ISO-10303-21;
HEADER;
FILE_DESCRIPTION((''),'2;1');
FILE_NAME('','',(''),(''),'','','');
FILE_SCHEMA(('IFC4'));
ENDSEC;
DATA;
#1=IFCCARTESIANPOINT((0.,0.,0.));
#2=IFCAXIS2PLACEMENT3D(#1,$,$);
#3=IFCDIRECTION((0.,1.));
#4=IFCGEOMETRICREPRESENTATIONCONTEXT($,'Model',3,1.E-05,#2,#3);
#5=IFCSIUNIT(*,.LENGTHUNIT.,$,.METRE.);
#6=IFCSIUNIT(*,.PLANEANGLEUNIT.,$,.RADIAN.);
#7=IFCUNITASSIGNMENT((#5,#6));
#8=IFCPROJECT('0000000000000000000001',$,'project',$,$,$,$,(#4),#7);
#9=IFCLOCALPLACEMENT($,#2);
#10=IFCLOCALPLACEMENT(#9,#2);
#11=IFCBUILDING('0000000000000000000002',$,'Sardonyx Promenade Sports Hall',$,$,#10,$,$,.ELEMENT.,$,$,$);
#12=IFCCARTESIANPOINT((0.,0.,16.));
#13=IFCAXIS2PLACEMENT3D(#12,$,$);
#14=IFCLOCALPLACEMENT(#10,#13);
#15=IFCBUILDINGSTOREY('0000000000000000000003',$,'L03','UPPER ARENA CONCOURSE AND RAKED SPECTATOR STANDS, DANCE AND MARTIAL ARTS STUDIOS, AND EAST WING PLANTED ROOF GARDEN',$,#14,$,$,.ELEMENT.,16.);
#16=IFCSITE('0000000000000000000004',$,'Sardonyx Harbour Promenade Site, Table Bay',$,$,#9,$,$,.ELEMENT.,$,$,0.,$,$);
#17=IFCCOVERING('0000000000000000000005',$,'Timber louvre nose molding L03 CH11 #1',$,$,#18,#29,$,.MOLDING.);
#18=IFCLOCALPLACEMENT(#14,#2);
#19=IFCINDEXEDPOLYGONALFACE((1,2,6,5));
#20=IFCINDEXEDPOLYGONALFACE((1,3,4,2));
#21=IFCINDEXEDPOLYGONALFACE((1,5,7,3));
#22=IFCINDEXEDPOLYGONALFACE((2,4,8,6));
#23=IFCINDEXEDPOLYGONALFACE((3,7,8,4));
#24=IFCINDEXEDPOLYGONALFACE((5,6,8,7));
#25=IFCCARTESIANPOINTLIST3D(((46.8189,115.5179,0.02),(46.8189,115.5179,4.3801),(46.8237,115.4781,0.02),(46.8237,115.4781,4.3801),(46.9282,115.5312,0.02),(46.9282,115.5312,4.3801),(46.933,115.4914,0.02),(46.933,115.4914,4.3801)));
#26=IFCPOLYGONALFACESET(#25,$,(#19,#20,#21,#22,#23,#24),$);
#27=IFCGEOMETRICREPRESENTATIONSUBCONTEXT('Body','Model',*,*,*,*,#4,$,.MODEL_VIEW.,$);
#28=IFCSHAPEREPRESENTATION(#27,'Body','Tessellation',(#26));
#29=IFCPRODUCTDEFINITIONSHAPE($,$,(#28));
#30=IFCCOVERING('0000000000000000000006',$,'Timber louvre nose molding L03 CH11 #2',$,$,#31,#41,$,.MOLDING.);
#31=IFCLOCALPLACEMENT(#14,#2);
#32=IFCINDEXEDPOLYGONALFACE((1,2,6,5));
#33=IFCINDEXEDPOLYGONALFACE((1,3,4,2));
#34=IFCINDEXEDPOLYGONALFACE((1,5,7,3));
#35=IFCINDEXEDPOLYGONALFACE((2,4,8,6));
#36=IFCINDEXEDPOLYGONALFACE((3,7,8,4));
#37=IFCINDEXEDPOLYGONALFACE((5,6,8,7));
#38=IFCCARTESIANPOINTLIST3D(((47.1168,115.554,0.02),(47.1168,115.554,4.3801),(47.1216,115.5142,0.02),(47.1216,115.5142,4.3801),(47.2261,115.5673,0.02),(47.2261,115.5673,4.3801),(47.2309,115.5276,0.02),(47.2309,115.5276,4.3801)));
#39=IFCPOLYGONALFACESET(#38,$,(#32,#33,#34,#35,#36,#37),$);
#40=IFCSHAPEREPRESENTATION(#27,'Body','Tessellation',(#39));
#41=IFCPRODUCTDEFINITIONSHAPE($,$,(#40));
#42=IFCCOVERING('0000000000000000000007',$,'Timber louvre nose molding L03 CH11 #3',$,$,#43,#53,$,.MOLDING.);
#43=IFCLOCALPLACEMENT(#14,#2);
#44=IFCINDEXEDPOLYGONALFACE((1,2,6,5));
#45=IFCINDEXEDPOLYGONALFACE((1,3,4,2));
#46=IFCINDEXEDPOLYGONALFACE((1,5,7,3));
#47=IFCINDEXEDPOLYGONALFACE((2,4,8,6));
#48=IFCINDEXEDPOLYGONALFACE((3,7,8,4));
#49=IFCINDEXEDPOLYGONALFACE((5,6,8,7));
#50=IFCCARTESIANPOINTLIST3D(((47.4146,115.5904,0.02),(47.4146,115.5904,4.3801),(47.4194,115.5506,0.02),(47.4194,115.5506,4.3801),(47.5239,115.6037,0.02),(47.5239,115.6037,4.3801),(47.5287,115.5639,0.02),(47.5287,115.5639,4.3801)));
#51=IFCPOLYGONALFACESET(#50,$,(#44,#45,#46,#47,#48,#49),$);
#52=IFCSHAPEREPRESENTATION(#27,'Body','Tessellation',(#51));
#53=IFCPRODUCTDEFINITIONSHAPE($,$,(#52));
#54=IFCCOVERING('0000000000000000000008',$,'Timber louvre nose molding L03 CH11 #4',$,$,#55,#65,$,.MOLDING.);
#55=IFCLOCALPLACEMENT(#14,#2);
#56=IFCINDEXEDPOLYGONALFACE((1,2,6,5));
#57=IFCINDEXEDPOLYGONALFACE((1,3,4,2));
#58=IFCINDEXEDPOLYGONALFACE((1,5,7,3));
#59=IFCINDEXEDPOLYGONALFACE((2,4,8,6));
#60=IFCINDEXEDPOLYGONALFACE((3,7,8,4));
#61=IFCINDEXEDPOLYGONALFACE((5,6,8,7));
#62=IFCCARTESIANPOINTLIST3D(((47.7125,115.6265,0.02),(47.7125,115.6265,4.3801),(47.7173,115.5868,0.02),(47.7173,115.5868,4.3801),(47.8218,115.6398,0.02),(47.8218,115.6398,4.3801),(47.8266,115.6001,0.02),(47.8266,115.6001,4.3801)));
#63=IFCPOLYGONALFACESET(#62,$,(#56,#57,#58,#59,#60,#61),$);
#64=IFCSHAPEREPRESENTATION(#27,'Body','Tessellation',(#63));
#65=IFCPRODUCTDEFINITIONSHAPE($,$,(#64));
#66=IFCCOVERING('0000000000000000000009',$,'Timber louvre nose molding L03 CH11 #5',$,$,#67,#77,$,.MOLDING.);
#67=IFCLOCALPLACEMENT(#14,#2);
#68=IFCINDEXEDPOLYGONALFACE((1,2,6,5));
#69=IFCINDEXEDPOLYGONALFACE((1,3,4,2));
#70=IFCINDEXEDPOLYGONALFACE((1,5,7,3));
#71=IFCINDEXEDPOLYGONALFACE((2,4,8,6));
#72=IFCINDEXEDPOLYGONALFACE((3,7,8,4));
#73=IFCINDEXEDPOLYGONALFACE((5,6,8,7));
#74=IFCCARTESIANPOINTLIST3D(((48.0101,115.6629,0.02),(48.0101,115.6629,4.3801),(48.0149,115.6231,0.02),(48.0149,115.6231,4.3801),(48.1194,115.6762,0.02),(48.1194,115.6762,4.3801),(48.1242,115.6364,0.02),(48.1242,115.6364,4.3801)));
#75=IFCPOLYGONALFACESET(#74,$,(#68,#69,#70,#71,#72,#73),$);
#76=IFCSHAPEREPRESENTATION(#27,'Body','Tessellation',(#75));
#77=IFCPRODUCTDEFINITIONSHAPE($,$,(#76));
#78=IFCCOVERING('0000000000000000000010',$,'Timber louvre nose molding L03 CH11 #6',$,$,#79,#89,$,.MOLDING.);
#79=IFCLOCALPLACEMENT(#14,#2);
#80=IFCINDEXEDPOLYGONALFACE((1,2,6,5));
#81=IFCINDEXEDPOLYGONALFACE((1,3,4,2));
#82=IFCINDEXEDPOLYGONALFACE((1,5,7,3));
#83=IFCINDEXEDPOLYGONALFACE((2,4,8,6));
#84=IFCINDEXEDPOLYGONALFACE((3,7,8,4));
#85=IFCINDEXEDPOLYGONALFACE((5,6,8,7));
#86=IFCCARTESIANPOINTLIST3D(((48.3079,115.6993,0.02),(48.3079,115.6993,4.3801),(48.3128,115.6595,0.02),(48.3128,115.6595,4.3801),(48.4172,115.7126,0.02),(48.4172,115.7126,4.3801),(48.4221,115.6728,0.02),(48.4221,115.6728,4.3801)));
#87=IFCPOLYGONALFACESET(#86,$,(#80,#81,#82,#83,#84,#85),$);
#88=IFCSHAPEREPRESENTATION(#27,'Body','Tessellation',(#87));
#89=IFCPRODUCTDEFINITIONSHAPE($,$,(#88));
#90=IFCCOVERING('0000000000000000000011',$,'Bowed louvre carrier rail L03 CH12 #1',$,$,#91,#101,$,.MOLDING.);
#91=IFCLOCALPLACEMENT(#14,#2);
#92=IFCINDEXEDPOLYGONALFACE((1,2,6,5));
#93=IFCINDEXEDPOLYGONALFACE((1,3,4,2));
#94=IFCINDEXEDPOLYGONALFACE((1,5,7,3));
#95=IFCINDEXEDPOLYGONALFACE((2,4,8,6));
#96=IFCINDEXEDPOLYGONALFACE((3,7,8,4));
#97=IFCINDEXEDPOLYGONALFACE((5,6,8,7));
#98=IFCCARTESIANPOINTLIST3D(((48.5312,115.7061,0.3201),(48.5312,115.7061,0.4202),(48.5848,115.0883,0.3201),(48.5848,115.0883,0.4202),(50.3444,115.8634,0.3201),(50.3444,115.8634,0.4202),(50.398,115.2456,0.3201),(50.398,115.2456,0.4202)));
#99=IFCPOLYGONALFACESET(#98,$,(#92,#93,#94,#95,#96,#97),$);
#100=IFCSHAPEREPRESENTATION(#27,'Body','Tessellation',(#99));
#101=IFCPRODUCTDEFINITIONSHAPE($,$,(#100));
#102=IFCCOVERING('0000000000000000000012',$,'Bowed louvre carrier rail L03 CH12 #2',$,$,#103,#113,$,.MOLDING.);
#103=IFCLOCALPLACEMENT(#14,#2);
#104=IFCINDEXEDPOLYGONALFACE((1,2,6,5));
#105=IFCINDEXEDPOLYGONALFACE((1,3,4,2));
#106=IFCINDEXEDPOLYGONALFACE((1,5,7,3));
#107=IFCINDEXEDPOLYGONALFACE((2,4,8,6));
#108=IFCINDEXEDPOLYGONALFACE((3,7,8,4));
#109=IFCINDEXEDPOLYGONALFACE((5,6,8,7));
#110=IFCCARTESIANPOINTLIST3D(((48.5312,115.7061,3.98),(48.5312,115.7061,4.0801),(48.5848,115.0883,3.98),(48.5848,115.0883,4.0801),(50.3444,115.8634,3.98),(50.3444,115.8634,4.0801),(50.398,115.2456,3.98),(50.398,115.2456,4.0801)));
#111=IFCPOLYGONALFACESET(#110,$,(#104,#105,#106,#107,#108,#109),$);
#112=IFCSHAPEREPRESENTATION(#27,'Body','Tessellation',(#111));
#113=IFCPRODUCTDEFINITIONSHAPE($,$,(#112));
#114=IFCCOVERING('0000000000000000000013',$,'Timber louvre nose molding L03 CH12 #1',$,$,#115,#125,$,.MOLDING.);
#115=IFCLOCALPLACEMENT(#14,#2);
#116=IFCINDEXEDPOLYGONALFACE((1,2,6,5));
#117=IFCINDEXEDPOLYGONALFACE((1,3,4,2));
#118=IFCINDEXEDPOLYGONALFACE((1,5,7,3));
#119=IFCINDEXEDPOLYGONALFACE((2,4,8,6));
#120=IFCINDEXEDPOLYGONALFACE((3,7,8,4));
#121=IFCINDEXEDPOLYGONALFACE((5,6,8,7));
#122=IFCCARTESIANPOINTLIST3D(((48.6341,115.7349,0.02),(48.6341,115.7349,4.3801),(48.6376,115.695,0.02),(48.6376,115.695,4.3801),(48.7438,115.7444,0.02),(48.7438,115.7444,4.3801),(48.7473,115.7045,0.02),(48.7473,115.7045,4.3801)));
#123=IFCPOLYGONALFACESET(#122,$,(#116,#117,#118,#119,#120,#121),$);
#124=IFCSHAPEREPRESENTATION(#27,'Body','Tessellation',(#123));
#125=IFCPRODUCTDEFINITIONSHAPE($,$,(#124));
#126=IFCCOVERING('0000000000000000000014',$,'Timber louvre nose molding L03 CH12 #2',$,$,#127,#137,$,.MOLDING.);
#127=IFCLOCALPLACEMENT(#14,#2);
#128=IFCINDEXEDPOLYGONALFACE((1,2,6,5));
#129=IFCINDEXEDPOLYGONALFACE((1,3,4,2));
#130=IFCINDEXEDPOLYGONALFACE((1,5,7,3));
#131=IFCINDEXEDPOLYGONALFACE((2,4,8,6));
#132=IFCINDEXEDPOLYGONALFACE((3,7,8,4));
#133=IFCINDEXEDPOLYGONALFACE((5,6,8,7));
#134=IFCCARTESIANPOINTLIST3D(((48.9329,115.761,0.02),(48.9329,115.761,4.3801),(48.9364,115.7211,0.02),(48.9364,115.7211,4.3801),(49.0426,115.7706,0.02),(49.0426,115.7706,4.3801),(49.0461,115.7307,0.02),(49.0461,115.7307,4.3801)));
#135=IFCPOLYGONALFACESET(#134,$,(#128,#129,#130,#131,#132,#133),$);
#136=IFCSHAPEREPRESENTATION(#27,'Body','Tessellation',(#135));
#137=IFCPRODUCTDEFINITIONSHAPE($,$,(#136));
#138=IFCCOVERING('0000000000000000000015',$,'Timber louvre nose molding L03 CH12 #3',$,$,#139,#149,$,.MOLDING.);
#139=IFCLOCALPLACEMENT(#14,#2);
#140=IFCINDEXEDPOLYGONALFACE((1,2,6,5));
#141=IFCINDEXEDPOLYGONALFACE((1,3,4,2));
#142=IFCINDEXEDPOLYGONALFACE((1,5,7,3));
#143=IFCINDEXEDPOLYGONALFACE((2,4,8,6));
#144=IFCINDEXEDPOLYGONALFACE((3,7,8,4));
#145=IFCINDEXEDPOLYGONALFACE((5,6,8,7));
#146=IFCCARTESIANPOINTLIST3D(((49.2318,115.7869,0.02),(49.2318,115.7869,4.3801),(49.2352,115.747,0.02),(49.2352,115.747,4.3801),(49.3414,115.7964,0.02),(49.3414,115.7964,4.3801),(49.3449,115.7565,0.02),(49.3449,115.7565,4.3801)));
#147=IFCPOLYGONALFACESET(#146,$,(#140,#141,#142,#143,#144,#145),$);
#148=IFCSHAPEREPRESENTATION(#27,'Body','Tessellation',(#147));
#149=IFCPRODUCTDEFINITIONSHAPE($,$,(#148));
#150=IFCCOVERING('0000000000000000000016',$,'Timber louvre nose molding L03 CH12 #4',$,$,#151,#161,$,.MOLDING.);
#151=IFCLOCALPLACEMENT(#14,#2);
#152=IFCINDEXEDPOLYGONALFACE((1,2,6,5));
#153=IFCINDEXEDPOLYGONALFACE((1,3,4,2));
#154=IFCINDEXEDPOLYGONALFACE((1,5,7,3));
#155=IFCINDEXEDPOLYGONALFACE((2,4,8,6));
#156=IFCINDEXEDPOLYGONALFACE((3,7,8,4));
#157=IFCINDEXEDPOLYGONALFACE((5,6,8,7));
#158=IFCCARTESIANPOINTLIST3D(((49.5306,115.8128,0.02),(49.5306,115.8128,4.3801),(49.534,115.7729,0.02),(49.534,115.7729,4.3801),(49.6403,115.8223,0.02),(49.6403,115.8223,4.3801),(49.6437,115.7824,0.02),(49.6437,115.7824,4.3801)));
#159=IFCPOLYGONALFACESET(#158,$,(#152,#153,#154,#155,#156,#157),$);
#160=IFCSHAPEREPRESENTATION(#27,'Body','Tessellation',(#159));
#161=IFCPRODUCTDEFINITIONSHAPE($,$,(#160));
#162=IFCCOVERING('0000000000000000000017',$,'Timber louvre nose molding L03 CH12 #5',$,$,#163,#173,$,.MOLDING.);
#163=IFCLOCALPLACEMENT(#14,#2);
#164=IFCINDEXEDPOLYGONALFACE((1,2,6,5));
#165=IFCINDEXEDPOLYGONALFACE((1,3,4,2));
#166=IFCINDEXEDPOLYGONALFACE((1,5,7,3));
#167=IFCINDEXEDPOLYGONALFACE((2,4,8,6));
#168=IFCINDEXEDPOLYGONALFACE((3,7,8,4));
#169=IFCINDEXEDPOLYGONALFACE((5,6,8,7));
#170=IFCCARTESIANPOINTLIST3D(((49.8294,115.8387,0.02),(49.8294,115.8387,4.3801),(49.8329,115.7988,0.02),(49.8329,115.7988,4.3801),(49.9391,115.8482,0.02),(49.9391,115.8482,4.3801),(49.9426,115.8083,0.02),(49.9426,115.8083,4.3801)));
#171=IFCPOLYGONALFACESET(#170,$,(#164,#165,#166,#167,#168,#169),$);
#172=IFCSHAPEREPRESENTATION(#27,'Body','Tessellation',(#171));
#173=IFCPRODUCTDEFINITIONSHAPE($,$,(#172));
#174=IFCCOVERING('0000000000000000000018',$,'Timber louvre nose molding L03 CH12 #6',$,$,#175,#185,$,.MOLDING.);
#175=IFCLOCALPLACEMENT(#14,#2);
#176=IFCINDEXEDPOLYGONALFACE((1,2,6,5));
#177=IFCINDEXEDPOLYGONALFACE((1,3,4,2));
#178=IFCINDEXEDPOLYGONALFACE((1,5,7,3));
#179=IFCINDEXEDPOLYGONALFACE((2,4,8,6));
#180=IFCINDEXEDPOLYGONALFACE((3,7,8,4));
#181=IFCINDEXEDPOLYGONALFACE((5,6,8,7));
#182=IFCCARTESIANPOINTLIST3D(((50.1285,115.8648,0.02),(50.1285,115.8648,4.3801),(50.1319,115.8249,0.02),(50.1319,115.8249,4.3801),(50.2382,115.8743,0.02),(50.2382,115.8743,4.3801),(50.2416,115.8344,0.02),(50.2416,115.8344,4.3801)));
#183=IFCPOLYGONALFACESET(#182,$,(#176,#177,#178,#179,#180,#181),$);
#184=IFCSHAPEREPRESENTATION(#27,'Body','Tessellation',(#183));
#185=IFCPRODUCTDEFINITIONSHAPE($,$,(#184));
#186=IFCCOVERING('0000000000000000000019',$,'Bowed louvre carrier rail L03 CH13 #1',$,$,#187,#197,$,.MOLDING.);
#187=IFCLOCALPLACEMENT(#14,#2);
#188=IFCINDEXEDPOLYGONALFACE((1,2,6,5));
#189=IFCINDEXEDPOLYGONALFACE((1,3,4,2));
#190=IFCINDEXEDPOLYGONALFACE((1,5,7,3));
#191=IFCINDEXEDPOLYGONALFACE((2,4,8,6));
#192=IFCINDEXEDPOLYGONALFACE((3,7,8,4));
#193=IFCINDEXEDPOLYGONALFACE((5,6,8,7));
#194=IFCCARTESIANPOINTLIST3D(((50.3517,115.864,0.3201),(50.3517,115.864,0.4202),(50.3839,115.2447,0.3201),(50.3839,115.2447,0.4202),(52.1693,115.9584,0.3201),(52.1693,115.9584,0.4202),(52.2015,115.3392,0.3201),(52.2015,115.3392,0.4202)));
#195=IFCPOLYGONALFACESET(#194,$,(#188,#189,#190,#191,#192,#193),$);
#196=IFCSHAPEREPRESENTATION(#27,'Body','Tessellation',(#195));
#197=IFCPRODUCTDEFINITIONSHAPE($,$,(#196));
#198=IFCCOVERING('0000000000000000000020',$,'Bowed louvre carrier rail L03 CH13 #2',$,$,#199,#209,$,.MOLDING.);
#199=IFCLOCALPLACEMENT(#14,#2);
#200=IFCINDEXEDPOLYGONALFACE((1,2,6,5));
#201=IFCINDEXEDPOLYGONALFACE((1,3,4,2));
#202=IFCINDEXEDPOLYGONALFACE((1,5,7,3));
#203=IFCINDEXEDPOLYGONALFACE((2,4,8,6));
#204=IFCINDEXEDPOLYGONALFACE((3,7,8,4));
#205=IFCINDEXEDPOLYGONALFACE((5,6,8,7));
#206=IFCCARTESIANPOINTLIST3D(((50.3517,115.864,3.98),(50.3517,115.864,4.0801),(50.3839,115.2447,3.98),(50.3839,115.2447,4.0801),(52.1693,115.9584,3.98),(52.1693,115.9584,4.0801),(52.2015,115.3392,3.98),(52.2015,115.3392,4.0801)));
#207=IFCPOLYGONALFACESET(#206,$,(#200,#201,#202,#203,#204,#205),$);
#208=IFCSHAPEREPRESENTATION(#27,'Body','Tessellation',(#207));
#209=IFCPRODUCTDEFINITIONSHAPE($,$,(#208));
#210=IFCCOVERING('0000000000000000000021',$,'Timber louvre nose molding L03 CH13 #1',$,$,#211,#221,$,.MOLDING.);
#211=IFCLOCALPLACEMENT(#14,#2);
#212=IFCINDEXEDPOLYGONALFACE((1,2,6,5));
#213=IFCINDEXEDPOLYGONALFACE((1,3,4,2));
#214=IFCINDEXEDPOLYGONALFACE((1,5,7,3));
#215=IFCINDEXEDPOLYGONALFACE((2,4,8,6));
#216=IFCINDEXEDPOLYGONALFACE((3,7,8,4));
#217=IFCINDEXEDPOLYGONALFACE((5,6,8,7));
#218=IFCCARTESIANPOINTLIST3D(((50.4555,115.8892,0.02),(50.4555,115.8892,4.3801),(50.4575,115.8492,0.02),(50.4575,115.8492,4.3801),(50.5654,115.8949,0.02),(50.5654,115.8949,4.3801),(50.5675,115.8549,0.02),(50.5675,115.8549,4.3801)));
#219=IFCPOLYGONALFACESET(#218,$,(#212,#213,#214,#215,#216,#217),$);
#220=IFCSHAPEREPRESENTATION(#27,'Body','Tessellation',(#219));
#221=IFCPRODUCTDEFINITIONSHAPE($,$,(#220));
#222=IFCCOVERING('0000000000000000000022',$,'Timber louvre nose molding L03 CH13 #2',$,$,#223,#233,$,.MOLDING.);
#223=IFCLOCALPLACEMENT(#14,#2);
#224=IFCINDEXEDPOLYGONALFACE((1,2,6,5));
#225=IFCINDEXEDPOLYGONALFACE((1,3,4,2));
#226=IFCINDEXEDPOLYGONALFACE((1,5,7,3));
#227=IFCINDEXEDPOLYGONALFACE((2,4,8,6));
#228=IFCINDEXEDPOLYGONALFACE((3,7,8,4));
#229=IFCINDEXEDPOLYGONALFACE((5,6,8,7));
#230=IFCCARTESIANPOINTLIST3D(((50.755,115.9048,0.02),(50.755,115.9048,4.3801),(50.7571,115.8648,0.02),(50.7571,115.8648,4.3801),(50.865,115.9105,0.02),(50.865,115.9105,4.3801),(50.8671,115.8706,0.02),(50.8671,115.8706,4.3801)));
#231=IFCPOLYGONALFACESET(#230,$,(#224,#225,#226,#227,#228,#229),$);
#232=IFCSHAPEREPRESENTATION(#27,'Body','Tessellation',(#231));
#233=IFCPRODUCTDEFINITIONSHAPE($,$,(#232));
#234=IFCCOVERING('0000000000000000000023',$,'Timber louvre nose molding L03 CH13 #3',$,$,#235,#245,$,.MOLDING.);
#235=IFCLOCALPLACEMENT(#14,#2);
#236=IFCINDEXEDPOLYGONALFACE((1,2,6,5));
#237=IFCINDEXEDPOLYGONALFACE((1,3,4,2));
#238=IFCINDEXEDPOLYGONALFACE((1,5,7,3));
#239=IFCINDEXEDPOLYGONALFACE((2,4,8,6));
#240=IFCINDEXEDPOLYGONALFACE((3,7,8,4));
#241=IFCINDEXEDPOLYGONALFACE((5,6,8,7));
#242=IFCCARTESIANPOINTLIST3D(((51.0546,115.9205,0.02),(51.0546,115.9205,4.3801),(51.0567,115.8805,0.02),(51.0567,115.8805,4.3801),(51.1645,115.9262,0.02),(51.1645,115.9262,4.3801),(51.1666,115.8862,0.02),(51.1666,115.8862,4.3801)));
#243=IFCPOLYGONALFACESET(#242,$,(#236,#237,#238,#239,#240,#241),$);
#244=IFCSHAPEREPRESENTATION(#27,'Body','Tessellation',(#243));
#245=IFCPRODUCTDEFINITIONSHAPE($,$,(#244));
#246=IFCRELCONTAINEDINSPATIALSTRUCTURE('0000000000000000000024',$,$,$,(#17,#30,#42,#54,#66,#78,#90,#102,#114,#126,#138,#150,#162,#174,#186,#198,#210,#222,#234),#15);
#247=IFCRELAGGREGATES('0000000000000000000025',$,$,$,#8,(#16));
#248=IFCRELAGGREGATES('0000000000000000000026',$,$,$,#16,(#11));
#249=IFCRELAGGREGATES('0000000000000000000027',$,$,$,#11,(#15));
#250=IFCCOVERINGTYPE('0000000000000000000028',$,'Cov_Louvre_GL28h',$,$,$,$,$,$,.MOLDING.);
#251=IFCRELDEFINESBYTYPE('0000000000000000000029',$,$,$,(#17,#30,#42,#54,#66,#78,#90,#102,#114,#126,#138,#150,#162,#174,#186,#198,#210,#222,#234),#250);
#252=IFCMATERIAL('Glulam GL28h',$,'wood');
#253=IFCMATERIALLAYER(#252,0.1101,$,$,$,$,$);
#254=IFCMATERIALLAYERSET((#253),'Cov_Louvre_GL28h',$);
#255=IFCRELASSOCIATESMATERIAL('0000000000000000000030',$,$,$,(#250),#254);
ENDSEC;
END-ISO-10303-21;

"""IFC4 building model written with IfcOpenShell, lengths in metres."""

from ifc_helpers import new_model, si_unit, direction, frame, origin, origin_2d, place, context, subcontext, project, spatial, rectangle, extrude, material, layer, layer_set, type_object, element, save


model = new_model("IFC4")

# Units and contexts
model_context = context("Model", 3, precision=1e-05, world=origin(), true_north=direction((0.0, 1.0)))
body_context = subcontext(model_context, "Body", "Model", "MODEL_VIEW")
ifc_project = project(units=[si_unit("LENGTHUNIT", "METRE"), si_unit("PLANEANGLEUNIT", "RADIAN")], contexts=[model_context])

# Site, building, storey
site_placement = place(None, origin())
site = spatial("IfcSite", under=ifc_project, at=site_placement, Name="Sardonyx Harbour Promenade Site, Table Bay", CompositionType="ELEMENT", RefElevation=0.0)
building_placement = place(site_placement, origin())
building = spatial("IfcBuilding", under=site, at=building_placement, Name="Sardonyx Promenade Sports Hall", CompositionType="ELEMENT")
storey_placement = place(building_placement, frame((0.0, 0.0, 16.0)))
storey = spatial("IfcBuildingStorey", under=building, at=storey_placement, Name="L03", Description="UPPER ARENA CONCOURSE AND RAKED SPECTATOR STANDS, DANCE AND MARTIAL ARTS STUDIOS, AND EAST WING PLANTED ROOF GARDEN", CompositionType="ELEMENT", Elevation=16.0)

# Coverings
ifc_material_1 = material(Name="Glulam GL28h", Category="wood")
ifc_layer = layer(ifc_material_1, 0.1101)
ifc_layer_set = layer_set([ifc_layer], Name="Cov_Louvre_GL28h")
covering_type = type_object("IfcCoveringType", Name="Cov_Louvre_GL28h", PredefinedType="MOLDING", material=ifc_layer_set)
for number, where, z_axis, x_axis, name in (
    (1, (46.876, 115.5046, 0.02), (0.0, 0.0, 1.0), (0.992669, 0.120863, 0.0), "Timber louvre nose molding L03 CH11 #1"),
    (2, (47.1738, 115.5408, 0.02), (0.0, 0.0, 1.0), (0.992669, 0.120863, 0.0), "Timber louvre nose molding L03 CH11 #2"),
    (3, (47.4717, 115.5771, 0.02), (0.0, 0.0, 1.0), (0.992669, 0.120863, 0.0), "Timber louvre nose molding L03 CH11 #3"),
    (4, (47.7695, 115.6133, 0.02), (0.0, 0.0, 1.0), (0.992669, 0.120863, 0.0), "Timber louvre nose molding L03 CH11 #4"),
    (5, (48.0671, 115.6497, 0.02), (0.0, 0.0, 1.0), (0.992669, 0.120863, 0.0), "Timber louvre nose molding L03 CH11 #5"),
    (6, (48.365, 115.686, 0.02), (0.0, 0.0, 1.0), (0.992669, 0.120863, 0.0), "Timber louvre nose molding L03 CH11 #6"),
):
    element("IfcCovering", number, at=place(storey_placement, frame(where, z_axis=z_axis, x_axis=x_axis)), inside=storey, type_object=covering_type, Name=name, PredefinedType="MOLDING", context=body_context, shape_type="SweptSolid", body=[
        extrude(rectangle(XDim=0.1101, YDim=0.04, at=origin_2d()), origin(), (0.0, 0.0, 1.0), 4.3601),
    ])
for number, where, z_axis, x_axis, name in (
    (7, (49.4646, 115.4758, 0.3201), (0.0, 0.0, 1.0), (0.996258, 0.086434, 0.0), "Bowed louvre carrier rail L03 CH12 #1"),
    (8, (49.4646, 115.4758, 3.98), (0.0, 0.0, 1.0), (0.996258, 0.086434, 0.0), "Bowed louvre carrier rail L03 CH12 #2"),
):
    element("IfcCovering", number, at=place(storey_placement, frame(where, z_axis=z_axis, x_axis=x_axis)), inside=storey, type_object=covering_type, Name=name, PredefinedType="MOLDING", context=body_context, shape_type="SweptSolid", body=[
        extrude(rectangle(XDim=1.8201, YDim=0.6201, at=origin_2d()), origin(), (0.0, 0.0, 1.0), 0.1001),
    ])
for number, where, z_axis, x_axis, name in (
    (9, (48.6907, 115.7197, 0.02), (0.0, 0.0, 1.0), (0.996258, 0.086434, 0.0), "Timber louvre nose molding L03 CH12 #1"),
    (10, (48.9895, 115.7458, 0.02), (0.0, 0.0, 1.0), (0.996258, 0.086434, 0.0), "Timber louvre nose molding L03 CH12 #2"),
    (11, (49.2883, 115.7717, 0.02), (0.0, 0.0, 1.0), (0.996258, 0.086434, 0.0), "Timber louvre nose molding L03 CH12 #3"),
    (12, (49.5872, 115.7976, 0.02), (0.0, 0.0, 1.0), (0.996258, 0.086434, 0.0), "Timber louvre nose molding L03 CH12 #4"),
    (13, (49.886, 115.8235, 0.02), (0.0, 0.0, 1.0), (0.996258, 0.086434, 0.0), "Timber louvre nose molding L03 CH12 #5"),
    (14, (50.1851, 115.8496, 0.02), (0.0, 0.0, 1.0), (0.996258, 0.086434, 0.0), "Timber louvre nose molding L03 CH12 #6"),
):
    element("IfcCovering", number, at=place(storey_placement, frame(where, z_axis=z_axis, x_axis=x_axis)), inside=storey, type_object=covering_type, Name=name, PredefinedType="MOLDING", context=body_context, shape_type="SweptSolid", body=[
        extrude(rectangle(XDim=0.1101, YDim=0.04, at=origin_2d()), origin(), (0.0, 0.0, 1.0), 4.3601),
    ])
for number, where, z_axis, x_axis, name in (
    (15, (51.2766, 115.6016, 0.3201), (0.0, 0.0, 1.0), (0.998652, 0.051902, 0.0), "Bowed louvre carrier rail L03 CH13 #1"),
    (16, (51.2766, 115.6016, 3.98), (0.0, 0.0, 1.0), (0.998652, 0.051902, 0.0), "Bowed louvre carrier rail L03 CH13 #2"),
):
    element("IfcCovering", number, at=place(storey_placement, frame(where, z_axis=z_axis, x_axis=x_axis)), inside=storey, type_object=covering_type, Name=name, PredefinedType="MOLDING", context=body_context, shape_type="SweptSolid", body=[
        extrude(rectangle(XDim=1.8201, YDim=0.6201, at=origin_2d()), origin(), (0.0, 0.0, 1.0), 0.1001),
    ])
for number, where, z_axis, x_axis, name in (
    (17, (50.5115, 115.8721, 0.02), (0.0, 0.0, 1.0), (0.998652, 0.051902, 0.0), "Timber louvre nose molding L03 CH13 #1"),
    (18, (50.811, 115.8877, 0.02), (0.0, 0.0, 1.0), (0.998652, 0.051902, 0.0), "Timber louvre nose molding L03 CH13 #2"),
    (19, (51.1106, 115.9033, 0.02), (0.0, 0.0, 1.0), (0.998652, 0.051902, 0.0), "Timber louvre nose molding L03 CH13 #3"),
):
    element("IfcCovering", number, at=place(storey_placement, frame(where, z_axis=z_axis, x_axis=x_axis)), inside=storey, type_object=covering_type, Name=name, PredefinedType="MOLDING", context=body_context, shape_type="SweptSolid", body=[
        extrude(rectangle(XDim=0.1101, YDim=0.04, at=origin_2d()), origin(), (0.0, 0.0, 1.0), 4.3601),
    ])

save(model, "model.ifc")
